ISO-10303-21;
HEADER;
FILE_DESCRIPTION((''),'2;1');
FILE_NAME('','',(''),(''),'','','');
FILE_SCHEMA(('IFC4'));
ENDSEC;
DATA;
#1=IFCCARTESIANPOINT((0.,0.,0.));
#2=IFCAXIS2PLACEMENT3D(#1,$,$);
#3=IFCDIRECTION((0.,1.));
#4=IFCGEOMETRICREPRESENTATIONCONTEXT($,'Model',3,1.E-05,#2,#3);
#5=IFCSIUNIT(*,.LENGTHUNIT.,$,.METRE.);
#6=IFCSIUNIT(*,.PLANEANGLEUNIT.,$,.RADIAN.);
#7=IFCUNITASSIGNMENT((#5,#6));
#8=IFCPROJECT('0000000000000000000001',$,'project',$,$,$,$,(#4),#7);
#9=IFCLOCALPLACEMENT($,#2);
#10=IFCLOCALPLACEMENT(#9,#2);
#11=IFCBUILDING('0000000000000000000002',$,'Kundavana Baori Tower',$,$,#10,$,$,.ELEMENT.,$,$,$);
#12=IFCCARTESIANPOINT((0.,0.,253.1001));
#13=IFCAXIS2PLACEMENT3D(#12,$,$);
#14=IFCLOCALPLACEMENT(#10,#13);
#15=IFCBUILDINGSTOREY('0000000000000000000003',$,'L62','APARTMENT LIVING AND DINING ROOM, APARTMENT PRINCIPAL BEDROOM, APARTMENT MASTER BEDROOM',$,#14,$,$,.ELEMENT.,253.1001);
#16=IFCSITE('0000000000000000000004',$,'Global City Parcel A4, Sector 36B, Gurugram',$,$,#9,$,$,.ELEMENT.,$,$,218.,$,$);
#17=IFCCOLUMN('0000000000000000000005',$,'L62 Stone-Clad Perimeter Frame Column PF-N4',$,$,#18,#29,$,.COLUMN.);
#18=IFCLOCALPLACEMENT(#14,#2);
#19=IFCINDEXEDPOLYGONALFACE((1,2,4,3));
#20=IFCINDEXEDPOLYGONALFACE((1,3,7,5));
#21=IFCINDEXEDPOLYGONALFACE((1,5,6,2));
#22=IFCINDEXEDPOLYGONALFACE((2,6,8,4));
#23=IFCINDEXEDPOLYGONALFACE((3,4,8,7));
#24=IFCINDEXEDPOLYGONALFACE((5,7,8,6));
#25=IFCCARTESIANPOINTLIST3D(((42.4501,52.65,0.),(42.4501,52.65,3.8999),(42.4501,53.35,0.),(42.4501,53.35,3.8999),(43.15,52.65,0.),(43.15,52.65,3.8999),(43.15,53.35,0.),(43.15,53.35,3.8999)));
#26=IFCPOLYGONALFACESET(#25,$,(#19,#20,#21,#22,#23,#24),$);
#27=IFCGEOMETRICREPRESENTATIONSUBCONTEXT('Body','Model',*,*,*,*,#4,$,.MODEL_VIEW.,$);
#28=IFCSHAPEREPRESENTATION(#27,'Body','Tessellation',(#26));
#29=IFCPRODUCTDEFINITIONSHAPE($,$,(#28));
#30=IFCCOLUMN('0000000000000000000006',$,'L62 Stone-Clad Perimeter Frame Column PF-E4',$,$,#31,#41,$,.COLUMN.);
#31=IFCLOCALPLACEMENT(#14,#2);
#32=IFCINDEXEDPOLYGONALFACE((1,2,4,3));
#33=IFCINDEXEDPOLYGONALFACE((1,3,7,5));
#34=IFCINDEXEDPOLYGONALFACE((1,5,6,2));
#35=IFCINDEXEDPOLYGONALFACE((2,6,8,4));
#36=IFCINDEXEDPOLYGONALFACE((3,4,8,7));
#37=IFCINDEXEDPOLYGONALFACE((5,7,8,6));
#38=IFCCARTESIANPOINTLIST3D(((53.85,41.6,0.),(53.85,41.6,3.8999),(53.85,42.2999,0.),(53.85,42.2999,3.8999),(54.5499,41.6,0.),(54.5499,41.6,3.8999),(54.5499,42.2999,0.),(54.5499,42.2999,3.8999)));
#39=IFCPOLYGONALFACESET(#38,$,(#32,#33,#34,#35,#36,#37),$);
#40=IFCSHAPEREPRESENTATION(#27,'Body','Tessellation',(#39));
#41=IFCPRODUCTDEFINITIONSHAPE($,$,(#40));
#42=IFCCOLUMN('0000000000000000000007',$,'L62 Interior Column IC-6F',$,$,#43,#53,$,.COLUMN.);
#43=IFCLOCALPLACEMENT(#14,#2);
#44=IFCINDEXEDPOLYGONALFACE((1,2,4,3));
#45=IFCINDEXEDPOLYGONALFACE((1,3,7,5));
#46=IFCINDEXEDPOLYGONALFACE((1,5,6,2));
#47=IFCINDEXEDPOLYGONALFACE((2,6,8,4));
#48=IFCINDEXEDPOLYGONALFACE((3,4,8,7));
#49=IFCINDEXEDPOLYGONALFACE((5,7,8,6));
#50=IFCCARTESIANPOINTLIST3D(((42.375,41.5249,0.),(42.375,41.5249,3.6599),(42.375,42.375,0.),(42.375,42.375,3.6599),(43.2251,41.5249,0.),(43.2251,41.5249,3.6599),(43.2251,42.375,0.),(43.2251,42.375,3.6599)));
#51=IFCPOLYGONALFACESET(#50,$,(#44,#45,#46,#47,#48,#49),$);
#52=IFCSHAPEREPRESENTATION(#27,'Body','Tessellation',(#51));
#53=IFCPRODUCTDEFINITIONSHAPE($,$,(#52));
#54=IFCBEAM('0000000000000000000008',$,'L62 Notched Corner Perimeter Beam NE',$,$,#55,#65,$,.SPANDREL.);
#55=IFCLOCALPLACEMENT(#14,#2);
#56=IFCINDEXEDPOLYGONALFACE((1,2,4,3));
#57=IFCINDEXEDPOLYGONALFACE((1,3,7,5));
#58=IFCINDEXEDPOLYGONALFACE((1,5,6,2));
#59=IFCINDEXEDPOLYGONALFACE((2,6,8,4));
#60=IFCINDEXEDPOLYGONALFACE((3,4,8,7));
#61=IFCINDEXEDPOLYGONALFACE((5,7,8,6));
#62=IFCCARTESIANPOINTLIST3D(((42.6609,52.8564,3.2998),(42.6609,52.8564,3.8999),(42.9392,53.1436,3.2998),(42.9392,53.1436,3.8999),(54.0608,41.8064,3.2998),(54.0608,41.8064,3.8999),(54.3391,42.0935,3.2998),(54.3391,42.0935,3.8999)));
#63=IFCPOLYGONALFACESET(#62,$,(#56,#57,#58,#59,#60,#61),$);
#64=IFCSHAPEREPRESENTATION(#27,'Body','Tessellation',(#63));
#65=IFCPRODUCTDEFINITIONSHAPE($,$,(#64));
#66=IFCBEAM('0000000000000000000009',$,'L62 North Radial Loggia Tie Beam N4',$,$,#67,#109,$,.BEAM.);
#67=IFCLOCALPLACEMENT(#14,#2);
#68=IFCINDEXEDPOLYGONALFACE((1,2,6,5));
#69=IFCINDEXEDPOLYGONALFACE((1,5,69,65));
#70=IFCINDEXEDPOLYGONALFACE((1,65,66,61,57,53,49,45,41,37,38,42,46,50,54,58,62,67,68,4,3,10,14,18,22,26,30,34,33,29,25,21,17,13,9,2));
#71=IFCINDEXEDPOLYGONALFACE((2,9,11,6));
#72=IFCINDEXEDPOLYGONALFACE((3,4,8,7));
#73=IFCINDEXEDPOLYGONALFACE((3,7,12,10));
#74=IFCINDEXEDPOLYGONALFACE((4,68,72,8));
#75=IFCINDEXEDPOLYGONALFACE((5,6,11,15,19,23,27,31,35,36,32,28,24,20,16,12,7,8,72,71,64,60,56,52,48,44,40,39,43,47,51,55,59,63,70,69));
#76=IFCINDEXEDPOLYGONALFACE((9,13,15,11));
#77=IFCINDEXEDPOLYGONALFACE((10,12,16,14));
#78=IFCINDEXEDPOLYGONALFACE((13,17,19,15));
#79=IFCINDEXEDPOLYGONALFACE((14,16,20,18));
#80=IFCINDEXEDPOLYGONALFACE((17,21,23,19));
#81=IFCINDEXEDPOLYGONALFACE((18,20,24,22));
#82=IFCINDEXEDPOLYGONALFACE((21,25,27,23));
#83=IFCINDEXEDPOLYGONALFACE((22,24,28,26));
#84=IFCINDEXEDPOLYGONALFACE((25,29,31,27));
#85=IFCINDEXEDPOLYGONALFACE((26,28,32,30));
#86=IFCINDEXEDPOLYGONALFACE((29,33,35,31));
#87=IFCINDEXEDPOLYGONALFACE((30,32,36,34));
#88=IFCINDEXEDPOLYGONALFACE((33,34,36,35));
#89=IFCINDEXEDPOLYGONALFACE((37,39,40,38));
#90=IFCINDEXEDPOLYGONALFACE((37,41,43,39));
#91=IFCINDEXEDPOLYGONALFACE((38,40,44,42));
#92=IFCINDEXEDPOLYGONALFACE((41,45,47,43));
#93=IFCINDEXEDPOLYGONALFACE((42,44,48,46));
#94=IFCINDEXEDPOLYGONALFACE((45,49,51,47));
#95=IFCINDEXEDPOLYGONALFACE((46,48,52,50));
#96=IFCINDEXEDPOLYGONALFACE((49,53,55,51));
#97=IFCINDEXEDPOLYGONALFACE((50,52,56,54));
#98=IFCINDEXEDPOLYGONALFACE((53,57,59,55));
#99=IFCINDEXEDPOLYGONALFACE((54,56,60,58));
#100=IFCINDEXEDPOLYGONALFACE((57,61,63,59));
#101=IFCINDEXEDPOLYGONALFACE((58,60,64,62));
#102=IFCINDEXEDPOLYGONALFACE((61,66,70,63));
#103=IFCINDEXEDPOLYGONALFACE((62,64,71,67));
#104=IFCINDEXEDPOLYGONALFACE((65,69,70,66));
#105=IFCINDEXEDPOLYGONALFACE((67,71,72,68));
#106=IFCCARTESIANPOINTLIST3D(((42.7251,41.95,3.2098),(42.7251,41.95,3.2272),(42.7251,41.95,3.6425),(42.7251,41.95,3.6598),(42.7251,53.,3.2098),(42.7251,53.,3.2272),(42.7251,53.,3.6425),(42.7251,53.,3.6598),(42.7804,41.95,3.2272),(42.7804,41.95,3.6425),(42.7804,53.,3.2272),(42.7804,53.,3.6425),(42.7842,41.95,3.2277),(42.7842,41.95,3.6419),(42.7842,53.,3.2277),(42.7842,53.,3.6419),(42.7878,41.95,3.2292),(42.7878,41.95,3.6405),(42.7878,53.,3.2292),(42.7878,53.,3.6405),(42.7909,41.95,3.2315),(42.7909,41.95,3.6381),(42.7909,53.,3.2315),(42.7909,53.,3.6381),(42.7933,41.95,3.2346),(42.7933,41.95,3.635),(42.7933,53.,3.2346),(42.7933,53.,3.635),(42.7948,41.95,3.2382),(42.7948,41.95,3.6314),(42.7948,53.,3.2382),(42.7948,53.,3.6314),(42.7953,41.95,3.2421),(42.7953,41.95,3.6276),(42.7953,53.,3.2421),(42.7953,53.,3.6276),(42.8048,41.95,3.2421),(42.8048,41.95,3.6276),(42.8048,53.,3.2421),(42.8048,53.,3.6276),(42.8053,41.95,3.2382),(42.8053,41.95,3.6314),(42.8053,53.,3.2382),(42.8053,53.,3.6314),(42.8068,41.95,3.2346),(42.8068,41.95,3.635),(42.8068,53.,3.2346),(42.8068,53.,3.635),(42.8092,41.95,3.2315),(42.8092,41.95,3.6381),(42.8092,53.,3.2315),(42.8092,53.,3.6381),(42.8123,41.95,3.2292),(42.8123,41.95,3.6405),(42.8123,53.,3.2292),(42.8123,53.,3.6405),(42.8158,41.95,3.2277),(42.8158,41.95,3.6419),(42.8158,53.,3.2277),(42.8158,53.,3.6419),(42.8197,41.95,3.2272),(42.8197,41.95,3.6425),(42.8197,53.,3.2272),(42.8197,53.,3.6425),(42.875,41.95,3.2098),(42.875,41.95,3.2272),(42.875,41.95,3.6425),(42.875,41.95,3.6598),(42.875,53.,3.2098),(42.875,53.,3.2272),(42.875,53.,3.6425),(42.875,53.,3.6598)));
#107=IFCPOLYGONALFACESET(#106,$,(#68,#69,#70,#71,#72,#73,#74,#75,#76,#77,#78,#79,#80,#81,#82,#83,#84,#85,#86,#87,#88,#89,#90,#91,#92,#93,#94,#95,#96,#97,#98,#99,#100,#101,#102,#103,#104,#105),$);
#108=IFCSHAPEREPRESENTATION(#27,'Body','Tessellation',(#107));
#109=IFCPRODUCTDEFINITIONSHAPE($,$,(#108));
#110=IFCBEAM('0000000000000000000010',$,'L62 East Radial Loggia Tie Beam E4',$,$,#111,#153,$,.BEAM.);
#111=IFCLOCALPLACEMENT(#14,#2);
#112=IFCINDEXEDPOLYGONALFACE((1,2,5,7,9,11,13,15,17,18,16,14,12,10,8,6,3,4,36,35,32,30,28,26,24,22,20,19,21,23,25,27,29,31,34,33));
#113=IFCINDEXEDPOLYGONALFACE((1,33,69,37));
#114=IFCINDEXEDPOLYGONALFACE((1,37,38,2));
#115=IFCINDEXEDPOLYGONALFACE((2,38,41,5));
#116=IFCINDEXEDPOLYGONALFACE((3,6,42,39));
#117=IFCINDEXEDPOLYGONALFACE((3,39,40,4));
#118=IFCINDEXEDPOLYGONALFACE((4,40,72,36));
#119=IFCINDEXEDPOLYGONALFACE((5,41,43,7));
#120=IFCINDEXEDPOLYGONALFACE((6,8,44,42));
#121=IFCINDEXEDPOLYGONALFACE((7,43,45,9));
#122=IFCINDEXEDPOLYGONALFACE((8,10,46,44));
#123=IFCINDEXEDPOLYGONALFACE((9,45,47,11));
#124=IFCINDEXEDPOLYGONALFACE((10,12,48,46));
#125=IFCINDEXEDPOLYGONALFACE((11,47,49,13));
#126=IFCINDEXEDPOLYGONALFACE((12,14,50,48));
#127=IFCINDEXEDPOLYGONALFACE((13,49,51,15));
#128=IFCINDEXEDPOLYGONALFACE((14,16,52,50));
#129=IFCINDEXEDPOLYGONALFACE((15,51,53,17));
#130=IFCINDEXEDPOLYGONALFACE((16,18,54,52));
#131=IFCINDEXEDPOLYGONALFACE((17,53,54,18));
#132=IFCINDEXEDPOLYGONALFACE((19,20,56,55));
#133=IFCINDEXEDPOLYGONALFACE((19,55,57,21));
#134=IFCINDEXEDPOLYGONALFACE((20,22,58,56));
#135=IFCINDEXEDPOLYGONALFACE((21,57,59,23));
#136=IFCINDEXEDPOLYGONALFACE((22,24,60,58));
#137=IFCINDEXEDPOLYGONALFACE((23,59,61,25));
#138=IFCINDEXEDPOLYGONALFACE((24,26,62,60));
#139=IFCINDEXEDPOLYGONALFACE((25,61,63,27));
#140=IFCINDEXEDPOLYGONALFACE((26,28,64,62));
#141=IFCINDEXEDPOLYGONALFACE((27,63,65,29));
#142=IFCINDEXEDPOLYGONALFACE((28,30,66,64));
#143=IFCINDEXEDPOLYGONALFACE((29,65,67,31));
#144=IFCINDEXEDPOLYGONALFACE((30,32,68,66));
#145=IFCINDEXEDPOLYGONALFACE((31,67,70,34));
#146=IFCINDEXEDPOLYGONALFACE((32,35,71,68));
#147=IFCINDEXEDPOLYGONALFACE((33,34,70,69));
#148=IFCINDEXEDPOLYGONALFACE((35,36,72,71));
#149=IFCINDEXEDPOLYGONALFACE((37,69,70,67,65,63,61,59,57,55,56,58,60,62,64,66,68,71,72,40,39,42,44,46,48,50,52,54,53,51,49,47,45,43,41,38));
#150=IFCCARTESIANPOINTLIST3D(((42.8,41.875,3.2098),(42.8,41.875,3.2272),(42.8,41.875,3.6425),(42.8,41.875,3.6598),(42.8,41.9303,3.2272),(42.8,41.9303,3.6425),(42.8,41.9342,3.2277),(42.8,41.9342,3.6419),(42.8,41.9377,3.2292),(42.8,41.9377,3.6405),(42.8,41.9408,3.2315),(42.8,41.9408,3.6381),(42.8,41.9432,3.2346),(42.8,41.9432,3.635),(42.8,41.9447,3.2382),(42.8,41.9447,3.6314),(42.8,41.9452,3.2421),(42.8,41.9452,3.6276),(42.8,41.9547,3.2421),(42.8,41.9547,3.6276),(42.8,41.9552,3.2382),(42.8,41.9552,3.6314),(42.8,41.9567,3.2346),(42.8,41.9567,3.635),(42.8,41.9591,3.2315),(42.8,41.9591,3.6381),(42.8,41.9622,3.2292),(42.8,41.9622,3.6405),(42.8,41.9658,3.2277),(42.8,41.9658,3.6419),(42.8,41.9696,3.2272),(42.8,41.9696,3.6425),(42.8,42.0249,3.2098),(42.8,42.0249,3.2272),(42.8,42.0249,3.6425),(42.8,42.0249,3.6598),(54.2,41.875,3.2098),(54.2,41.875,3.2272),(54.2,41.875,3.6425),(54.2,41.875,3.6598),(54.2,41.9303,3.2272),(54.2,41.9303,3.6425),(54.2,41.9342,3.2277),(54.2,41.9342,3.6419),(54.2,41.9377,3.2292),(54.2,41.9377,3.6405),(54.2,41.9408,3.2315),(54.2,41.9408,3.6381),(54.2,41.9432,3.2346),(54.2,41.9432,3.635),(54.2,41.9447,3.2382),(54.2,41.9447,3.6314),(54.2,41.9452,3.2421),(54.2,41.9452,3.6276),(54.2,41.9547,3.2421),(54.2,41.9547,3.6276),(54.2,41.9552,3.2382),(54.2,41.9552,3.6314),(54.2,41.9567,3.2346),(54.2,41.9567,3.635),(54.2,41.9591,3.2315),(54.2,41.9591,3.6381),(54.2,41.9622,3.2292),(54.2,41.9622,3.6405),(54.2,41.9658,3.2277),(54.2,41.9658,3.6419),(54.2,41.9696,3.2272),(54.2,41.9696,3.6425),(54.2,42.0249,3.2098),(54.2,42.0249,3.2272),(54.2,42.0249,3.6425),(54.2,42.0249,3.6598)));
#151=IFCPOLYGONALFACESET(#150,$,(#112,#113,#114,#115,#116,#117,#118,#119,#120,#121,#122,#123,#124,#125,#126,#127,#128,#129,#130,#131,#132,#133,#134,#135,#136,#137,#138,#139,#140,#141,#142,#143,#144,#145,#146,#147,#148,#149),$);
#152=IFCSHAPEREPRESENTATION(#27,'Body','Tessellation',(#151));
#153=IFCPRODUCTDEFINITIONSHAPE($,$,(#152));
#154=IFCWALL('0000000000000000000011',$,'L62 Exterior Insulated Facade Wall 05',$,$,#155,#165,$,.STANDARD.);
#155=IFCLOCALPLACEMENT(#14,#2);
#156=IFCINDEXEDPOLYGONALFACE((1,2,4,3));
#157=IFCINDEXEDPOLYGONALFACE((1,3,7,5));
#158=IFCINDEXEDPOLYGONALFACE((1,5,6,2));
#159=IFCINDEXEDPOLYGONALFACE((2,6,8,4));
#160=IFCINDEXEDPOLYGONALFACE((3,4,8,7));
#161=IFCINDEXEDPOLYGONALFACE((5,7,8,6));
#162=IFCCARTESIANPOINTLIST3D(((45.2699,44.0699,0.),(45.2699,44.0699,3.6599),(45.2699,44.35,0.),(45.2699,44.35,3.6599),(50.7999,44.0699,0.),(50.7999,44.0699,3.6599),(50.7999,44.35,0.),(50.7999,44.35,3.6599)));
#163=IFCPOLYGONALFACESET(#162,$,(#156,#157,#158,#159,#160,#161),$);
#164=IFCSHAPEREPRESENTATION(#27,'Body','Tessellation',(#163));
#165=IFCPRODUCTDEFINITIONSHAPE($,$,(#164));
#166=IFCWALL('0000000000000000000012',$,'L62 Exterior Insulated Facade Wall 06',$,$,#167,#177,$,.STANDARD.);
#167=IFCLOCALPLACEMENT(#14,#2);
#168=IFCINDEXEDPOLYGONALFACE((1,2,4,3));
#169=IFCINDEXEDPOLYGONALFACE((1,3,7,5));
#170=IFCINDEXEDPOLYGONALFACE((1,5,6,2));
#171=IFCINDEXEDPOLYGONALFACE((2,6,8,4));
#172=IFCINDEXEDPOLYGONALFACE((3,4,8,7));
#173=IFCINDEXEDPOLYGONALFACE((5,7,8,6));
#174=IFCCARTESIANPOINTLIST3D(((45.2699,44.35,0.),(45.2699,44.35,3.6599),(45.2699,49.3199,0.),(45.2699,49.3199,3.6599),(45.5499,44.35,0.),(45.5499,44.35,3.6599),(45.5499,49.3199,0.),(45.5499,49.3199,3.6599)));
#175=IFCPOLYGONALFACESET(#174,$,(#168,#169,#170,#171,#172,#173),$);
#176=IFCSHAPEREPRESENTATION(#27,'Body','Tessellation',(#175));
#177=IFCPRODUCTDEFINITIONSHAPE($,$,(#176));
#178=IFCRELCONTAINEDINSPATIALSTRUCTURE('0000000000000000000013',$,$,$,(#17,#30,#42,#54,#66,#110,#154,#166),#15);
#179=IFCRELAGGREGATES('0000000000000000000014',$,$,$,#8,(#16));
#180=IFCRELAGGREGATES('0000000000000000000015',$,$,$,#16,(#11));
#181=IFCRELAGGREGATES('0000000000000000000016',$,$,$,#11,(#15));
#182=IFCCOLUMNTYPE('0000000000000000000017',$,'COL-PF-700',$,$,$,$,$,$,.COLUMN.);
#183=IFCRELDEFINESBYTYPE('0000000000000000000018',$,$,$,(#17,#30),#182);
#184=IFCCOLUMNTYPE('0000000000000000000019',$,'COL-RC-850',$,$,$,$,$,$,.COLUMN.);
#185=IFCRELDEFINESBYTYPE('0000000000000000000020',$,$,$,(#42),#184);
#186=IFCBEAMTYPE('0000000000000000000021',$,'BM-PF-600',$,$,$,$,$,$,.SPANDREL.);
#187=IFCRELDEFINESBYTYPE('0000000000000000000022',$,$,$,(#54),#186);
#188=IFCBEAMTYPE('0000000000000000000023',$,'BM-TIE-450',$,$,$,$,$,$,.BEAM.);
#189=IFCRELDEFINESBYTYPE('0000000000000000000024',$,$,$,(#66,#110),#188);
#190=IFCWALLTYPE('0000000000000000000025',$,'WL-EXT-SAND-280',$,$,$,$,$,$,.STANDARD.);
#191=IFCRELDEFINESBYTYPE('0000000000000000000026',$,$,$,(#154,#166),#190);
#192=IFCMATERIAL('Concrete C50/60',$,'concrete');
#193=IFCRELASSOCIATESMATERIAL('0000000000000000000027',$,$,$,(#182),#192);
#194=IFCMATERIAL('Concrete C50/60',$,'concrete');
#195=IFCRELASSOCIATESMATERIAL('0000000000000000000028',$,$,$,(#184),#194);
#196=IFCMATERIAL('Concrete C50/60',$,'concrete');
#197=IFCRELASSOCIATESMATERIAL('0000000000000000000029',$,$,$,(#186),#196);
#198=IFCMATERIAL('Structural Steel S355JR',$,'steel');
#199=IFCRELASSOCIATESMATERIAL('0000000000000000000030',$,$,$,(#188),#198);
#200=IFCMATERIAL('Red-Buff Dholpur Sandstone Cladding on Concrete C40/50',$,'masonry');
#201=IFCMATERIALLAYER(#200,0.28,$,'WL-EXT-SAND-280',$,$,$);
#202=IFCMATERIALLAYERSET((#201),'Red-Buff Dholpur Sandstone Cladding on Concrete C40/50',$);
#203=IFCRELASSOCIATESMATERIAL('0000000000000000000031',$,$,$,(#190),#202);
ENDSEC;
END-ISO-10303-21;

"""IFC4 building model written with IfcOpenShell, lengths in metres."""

from ifc_helpers import new_model, si_unit, direction, frame, frame_2d, origin, origin_2d, place, context, subcontext, project, spatial, rectangle, i_section, extrude, material, layer, layer_set, material_profile, profile_set, type_object, element, save


model = new_model("IFC4")

# Units and contexts
model_context = context("Model", 3, precision=1e-05, world=origin(), true_north=direction((0.0, 1.0)))
body_context = subcontext(model_context, "Body", "Model", "MODEL_VIEW")
ifc_project = project(units=[si_unit("LENGTHUNIT", "METRE"), si_unit("PLANEANGLEUNIT", "RADIAN")], contexts=[model_context])

# Site, building, storey
site_placement = place(None, origin())
site = spatial("IfcSite", under=ifc_project, at=site_placement, Name="Global City Parcel A4, Sector 36B, Gurugram", CompositionType="ELEMENT", RefElevation=218.0)
building_placement = place(site_placement, origin())
building = spatial("IfcBuilding", under=site, at=building_placement, Name="Kundavana Baori Tower", CompositionType="ELEMENT")
storey_placement = place(building_placement, frame((0.0, 0.0, 253.1001)))
storey = spatial("IfcBuildingStorey", under=building, at=storey_placement, Name="L62", Description="APARTMENT LIVING AND DINING ROOM, APARTMENT PRINCIPAL BEDROOM, APARTMENT MASTER BEDROOM", CompositionType="ELEMENT", Elevation=253.1001)

# Columns
ifc_material_1 = material(Name="Concrete C50/60", Category="concrete")
ifc_material_profile_1 = material_profile(ifc_material_1, rectangle(XDim=0.7, YDim=0.7, at=origin_2d()), Name="RC PF 700x700")
ifc_profile_set_1 = profile_set([ifc_material_profile_1], Name="Concrete C50/60")
column_type_1 = type_object("IfcColumnType", Name="COL-PF-700", PredefinedType="COLUMN", material=ifc_profile_set_1)
for number, where, z_axis, x_axis, name in (
    (1, (42.8, 53.0, 0.0), (0.0, 0.0, 1.0), (1.0, 0.0, 0.0), "L62 Stone-Clad Perimeter Frame Column PF-N4"),
    (2, (54.2, 41.95, 0.0), (0.0, 0.0, 1.0), (1.0, 0.0, 0.0), "L62 Stone-Clad Perimeter Frame Column PF-E4"),
):
    element("IfcColumn", number, at=place(storey_placement, frame(where, z_axis=z_axis, x_axis=x_axis)), inside=storey, type_object=column_type_1, Name=name, PredefinedType="COLUMN", context=body_context, shape_type="SweptSolid", body=[
        extrude(rectangle(XDim=0.7, YDim=0.7, at=origin_2d()), origin(), (0.0, 0.0, 1.0), 3.8999),
    ])
ifc_material_2 = material(Name="Concrete C50/60", Category="concrete")
ifc_material_profile_2 = material_profile(ifc_material_2, rectangle(XDim=0.8501, YDim=0.8501, at=origin_2d()), Name="RC 850x850")
ifc_profile_set_2 = profile_set([ifc_material_profile_2], Name="Concrete C50/60")
column_type_2 = type_object("IfcColumnType", Name="COL-RC-850", PredefinedType="COLUMN", material=ifc_profile_set_2)
column_placement = place(storey_placement, frame((42.8, 41.95, 0.0), z_axis=(0.0, 0.0, 1.0), x_axis=(1.0, 0.0, 0.0)))
element("IfcColumn", 3, at=column_placement, inside=storey, type_object=column_type_2, Name="L62 Interior Column IC-6F", PredefinedType="COLUMN", context=body_context, shape_type="SweptSolid", body=[
    extrude(rectangle(XDim=0.8501, YDim=0.8501, at=origin_2d()), origin(), (0.0, 0.0, 1.0), 3.6599),
])

# Beams
ifc_material_3 = material(Name="Concrete C50/60", Category="concrete")
ifc_material_profile_3 = material_profile(ifc_material_3, rectangle(XDim=0.3999, YDim=0.6001, at=origin_2d()), Name="RC BM 400x600")
ifc_profile_set_3 = profile_set([ifc_material_profile_3], Name="Concrete C50/60")
beam_type_1 = type_object("IfcBeamType", Name="BM-PF-600", PredefinedType="SPANDREL", material=ifc_profile_set_3)
beam_1_placement = place(storey_placement, frame((42.8, 53.0, 3.5999), z_axis=(0.718039, -0.696003, 0.0), x_axis=(0.696003, 0.718039, 0.0)))
element("IfcBeam", 4, at=beam_1_placement, inside=storey, type_object=beam_type_1, Name="L62 Notched Corner Perimeter Beam NE", PredefinedType="SPANDREL", context=body_context, shape_type="SweptSolid", body=[
    extrude(rectangle(XDim=0.3999, YDim=0.6001, at=origin_2d()), origin(), (0.0, 0.0, 1.0), 15.8765),
])
ifc_material_4 = material(Name="Structural Steel S355JR", Category="steel")
ifc_material_profile_4 = material_profile(ifc_material_4, i_section(OverallWidth=0.1499, OverallDepth=0.45, WebThickness=0.0095, FlangeThickness=0.0173, FilletRadius=0.0149, at=origin_2d()), Name="ISMB 450")
ifc_profile_set_4 = profile_set([ifc_material_profile_4], Name="Structural Steel S355JR")
beam_type_2 = type_object("IfcBeamType", Name="BM-TIE-450", PredefinedType="BEAM", material=ifc_profile_set_4)
beam_2_placement = place(storey_placement, frame((42.8, 41.95, 3.4348), z_axis=(0.0, 1.0, 0.0), x_axis=(-1.0, 0.0, 0.0)))
element("IfcBeam", 5, at=beam_2_placement, inside=storey, type_object=beam_type_2, Name="L62 North Radial Loggia Tie Beam N4", PredefinedType="BEAM", context=body_context, shape_type="SweptSolid", body=[
    extrude(i_section(OverallWidth=0.1499, OverallDepth=0.45, WebThickness=0.0095, FlangeThickness=0.0173, FilletRadius=0.0149, at=origin_2d()), origin(), (0.0, 0.0, 1.0), 11.05),
])
beam_3_placement = place(storey_placement, frame((42.8, 41.95, 3.4348), z_axis=(1.0, 0.0, 0.0), x_axis=(0.0, 1.0, 0.0)))
element("IfcBeam", 6, at=beam_3_placement, inside=storey, type_object=beam_type_2, Name="L62 East Radial Loggia Tie Beam E4", PredefinedType="BEAM", context=body_context, shape_type="SweptSolid", body=[
    extrude(i_section(OverallWidth=0.1499, OverallDepth=0.45, WebThickness=0.0095, FlangeThickness=0.0173, FilletRadius=0.0149, at=origin_2d()), origin(), (0.0, 0.0, 1.0), 11.3999),
])

# Walls
ifc_material_5 = material(Name="Red-Buff Dholpur Sandstone Cladding on Concrete C40/50", Category="masonry")
ifc_layer_1 = layer(ifc_material_5, 0.28, Name="WL-EXT-SAND-280")
ifc_layer_set_1 = layer_set([ifc_layer_1], Name="Red-Buff Dholpur Sandstone Cladding on Concrete C40/50")
wall_type_1 = type_object("IfcWallType", Name="WL-EXT-SAND-280", PredefinedType="STANDARD", material=ifc_layer_set_1)
wall_1_placement = place(storey_placement, frame((50.8, 44.21, 0.0), z_axis=(0.0, 0.0, 1.0), x_axis=(-1.0, 0.0, 0.0)))
element("IfcWall", 7, at=wall_1_placement, inside=storey, type_object=wall_type_1, Name="L62 Exterior Insulated Facade Wall 05", PredefinedType="STANDARD", context=body_context, shape_type="SweptSolid", body=[
    extrude(rectangle(XDim=5.53, YDim=0.28, at=frame_2d((2.7651, 0.0))), origin(), (0.0, 0.0, 1.0), 3.6599),
])
wall_2_placement = place(storey_placement, frame((45.4099, 44.3501, 0.0), z_axis=(0.0, 0.0, 1.0), x_axis=(0.0, 1.0, 0.0)))
element("IfcWall", 8, at=wall_2_placement, inside=storey, type_object=wall_type_1, Name="L62 Exterior Insulated Facade Wall 06", PredefinedType="STANDARD", context=body_context, shape_type="SweptSolid", body=[
    extrude(rectangle(XDim=4.97, YDim=0.28, at=frame_2d((2.4849, 0.0))), origin(), (0.0, 0.0, 1.0), 3.6599),
])

save(model, "model.ifc")
